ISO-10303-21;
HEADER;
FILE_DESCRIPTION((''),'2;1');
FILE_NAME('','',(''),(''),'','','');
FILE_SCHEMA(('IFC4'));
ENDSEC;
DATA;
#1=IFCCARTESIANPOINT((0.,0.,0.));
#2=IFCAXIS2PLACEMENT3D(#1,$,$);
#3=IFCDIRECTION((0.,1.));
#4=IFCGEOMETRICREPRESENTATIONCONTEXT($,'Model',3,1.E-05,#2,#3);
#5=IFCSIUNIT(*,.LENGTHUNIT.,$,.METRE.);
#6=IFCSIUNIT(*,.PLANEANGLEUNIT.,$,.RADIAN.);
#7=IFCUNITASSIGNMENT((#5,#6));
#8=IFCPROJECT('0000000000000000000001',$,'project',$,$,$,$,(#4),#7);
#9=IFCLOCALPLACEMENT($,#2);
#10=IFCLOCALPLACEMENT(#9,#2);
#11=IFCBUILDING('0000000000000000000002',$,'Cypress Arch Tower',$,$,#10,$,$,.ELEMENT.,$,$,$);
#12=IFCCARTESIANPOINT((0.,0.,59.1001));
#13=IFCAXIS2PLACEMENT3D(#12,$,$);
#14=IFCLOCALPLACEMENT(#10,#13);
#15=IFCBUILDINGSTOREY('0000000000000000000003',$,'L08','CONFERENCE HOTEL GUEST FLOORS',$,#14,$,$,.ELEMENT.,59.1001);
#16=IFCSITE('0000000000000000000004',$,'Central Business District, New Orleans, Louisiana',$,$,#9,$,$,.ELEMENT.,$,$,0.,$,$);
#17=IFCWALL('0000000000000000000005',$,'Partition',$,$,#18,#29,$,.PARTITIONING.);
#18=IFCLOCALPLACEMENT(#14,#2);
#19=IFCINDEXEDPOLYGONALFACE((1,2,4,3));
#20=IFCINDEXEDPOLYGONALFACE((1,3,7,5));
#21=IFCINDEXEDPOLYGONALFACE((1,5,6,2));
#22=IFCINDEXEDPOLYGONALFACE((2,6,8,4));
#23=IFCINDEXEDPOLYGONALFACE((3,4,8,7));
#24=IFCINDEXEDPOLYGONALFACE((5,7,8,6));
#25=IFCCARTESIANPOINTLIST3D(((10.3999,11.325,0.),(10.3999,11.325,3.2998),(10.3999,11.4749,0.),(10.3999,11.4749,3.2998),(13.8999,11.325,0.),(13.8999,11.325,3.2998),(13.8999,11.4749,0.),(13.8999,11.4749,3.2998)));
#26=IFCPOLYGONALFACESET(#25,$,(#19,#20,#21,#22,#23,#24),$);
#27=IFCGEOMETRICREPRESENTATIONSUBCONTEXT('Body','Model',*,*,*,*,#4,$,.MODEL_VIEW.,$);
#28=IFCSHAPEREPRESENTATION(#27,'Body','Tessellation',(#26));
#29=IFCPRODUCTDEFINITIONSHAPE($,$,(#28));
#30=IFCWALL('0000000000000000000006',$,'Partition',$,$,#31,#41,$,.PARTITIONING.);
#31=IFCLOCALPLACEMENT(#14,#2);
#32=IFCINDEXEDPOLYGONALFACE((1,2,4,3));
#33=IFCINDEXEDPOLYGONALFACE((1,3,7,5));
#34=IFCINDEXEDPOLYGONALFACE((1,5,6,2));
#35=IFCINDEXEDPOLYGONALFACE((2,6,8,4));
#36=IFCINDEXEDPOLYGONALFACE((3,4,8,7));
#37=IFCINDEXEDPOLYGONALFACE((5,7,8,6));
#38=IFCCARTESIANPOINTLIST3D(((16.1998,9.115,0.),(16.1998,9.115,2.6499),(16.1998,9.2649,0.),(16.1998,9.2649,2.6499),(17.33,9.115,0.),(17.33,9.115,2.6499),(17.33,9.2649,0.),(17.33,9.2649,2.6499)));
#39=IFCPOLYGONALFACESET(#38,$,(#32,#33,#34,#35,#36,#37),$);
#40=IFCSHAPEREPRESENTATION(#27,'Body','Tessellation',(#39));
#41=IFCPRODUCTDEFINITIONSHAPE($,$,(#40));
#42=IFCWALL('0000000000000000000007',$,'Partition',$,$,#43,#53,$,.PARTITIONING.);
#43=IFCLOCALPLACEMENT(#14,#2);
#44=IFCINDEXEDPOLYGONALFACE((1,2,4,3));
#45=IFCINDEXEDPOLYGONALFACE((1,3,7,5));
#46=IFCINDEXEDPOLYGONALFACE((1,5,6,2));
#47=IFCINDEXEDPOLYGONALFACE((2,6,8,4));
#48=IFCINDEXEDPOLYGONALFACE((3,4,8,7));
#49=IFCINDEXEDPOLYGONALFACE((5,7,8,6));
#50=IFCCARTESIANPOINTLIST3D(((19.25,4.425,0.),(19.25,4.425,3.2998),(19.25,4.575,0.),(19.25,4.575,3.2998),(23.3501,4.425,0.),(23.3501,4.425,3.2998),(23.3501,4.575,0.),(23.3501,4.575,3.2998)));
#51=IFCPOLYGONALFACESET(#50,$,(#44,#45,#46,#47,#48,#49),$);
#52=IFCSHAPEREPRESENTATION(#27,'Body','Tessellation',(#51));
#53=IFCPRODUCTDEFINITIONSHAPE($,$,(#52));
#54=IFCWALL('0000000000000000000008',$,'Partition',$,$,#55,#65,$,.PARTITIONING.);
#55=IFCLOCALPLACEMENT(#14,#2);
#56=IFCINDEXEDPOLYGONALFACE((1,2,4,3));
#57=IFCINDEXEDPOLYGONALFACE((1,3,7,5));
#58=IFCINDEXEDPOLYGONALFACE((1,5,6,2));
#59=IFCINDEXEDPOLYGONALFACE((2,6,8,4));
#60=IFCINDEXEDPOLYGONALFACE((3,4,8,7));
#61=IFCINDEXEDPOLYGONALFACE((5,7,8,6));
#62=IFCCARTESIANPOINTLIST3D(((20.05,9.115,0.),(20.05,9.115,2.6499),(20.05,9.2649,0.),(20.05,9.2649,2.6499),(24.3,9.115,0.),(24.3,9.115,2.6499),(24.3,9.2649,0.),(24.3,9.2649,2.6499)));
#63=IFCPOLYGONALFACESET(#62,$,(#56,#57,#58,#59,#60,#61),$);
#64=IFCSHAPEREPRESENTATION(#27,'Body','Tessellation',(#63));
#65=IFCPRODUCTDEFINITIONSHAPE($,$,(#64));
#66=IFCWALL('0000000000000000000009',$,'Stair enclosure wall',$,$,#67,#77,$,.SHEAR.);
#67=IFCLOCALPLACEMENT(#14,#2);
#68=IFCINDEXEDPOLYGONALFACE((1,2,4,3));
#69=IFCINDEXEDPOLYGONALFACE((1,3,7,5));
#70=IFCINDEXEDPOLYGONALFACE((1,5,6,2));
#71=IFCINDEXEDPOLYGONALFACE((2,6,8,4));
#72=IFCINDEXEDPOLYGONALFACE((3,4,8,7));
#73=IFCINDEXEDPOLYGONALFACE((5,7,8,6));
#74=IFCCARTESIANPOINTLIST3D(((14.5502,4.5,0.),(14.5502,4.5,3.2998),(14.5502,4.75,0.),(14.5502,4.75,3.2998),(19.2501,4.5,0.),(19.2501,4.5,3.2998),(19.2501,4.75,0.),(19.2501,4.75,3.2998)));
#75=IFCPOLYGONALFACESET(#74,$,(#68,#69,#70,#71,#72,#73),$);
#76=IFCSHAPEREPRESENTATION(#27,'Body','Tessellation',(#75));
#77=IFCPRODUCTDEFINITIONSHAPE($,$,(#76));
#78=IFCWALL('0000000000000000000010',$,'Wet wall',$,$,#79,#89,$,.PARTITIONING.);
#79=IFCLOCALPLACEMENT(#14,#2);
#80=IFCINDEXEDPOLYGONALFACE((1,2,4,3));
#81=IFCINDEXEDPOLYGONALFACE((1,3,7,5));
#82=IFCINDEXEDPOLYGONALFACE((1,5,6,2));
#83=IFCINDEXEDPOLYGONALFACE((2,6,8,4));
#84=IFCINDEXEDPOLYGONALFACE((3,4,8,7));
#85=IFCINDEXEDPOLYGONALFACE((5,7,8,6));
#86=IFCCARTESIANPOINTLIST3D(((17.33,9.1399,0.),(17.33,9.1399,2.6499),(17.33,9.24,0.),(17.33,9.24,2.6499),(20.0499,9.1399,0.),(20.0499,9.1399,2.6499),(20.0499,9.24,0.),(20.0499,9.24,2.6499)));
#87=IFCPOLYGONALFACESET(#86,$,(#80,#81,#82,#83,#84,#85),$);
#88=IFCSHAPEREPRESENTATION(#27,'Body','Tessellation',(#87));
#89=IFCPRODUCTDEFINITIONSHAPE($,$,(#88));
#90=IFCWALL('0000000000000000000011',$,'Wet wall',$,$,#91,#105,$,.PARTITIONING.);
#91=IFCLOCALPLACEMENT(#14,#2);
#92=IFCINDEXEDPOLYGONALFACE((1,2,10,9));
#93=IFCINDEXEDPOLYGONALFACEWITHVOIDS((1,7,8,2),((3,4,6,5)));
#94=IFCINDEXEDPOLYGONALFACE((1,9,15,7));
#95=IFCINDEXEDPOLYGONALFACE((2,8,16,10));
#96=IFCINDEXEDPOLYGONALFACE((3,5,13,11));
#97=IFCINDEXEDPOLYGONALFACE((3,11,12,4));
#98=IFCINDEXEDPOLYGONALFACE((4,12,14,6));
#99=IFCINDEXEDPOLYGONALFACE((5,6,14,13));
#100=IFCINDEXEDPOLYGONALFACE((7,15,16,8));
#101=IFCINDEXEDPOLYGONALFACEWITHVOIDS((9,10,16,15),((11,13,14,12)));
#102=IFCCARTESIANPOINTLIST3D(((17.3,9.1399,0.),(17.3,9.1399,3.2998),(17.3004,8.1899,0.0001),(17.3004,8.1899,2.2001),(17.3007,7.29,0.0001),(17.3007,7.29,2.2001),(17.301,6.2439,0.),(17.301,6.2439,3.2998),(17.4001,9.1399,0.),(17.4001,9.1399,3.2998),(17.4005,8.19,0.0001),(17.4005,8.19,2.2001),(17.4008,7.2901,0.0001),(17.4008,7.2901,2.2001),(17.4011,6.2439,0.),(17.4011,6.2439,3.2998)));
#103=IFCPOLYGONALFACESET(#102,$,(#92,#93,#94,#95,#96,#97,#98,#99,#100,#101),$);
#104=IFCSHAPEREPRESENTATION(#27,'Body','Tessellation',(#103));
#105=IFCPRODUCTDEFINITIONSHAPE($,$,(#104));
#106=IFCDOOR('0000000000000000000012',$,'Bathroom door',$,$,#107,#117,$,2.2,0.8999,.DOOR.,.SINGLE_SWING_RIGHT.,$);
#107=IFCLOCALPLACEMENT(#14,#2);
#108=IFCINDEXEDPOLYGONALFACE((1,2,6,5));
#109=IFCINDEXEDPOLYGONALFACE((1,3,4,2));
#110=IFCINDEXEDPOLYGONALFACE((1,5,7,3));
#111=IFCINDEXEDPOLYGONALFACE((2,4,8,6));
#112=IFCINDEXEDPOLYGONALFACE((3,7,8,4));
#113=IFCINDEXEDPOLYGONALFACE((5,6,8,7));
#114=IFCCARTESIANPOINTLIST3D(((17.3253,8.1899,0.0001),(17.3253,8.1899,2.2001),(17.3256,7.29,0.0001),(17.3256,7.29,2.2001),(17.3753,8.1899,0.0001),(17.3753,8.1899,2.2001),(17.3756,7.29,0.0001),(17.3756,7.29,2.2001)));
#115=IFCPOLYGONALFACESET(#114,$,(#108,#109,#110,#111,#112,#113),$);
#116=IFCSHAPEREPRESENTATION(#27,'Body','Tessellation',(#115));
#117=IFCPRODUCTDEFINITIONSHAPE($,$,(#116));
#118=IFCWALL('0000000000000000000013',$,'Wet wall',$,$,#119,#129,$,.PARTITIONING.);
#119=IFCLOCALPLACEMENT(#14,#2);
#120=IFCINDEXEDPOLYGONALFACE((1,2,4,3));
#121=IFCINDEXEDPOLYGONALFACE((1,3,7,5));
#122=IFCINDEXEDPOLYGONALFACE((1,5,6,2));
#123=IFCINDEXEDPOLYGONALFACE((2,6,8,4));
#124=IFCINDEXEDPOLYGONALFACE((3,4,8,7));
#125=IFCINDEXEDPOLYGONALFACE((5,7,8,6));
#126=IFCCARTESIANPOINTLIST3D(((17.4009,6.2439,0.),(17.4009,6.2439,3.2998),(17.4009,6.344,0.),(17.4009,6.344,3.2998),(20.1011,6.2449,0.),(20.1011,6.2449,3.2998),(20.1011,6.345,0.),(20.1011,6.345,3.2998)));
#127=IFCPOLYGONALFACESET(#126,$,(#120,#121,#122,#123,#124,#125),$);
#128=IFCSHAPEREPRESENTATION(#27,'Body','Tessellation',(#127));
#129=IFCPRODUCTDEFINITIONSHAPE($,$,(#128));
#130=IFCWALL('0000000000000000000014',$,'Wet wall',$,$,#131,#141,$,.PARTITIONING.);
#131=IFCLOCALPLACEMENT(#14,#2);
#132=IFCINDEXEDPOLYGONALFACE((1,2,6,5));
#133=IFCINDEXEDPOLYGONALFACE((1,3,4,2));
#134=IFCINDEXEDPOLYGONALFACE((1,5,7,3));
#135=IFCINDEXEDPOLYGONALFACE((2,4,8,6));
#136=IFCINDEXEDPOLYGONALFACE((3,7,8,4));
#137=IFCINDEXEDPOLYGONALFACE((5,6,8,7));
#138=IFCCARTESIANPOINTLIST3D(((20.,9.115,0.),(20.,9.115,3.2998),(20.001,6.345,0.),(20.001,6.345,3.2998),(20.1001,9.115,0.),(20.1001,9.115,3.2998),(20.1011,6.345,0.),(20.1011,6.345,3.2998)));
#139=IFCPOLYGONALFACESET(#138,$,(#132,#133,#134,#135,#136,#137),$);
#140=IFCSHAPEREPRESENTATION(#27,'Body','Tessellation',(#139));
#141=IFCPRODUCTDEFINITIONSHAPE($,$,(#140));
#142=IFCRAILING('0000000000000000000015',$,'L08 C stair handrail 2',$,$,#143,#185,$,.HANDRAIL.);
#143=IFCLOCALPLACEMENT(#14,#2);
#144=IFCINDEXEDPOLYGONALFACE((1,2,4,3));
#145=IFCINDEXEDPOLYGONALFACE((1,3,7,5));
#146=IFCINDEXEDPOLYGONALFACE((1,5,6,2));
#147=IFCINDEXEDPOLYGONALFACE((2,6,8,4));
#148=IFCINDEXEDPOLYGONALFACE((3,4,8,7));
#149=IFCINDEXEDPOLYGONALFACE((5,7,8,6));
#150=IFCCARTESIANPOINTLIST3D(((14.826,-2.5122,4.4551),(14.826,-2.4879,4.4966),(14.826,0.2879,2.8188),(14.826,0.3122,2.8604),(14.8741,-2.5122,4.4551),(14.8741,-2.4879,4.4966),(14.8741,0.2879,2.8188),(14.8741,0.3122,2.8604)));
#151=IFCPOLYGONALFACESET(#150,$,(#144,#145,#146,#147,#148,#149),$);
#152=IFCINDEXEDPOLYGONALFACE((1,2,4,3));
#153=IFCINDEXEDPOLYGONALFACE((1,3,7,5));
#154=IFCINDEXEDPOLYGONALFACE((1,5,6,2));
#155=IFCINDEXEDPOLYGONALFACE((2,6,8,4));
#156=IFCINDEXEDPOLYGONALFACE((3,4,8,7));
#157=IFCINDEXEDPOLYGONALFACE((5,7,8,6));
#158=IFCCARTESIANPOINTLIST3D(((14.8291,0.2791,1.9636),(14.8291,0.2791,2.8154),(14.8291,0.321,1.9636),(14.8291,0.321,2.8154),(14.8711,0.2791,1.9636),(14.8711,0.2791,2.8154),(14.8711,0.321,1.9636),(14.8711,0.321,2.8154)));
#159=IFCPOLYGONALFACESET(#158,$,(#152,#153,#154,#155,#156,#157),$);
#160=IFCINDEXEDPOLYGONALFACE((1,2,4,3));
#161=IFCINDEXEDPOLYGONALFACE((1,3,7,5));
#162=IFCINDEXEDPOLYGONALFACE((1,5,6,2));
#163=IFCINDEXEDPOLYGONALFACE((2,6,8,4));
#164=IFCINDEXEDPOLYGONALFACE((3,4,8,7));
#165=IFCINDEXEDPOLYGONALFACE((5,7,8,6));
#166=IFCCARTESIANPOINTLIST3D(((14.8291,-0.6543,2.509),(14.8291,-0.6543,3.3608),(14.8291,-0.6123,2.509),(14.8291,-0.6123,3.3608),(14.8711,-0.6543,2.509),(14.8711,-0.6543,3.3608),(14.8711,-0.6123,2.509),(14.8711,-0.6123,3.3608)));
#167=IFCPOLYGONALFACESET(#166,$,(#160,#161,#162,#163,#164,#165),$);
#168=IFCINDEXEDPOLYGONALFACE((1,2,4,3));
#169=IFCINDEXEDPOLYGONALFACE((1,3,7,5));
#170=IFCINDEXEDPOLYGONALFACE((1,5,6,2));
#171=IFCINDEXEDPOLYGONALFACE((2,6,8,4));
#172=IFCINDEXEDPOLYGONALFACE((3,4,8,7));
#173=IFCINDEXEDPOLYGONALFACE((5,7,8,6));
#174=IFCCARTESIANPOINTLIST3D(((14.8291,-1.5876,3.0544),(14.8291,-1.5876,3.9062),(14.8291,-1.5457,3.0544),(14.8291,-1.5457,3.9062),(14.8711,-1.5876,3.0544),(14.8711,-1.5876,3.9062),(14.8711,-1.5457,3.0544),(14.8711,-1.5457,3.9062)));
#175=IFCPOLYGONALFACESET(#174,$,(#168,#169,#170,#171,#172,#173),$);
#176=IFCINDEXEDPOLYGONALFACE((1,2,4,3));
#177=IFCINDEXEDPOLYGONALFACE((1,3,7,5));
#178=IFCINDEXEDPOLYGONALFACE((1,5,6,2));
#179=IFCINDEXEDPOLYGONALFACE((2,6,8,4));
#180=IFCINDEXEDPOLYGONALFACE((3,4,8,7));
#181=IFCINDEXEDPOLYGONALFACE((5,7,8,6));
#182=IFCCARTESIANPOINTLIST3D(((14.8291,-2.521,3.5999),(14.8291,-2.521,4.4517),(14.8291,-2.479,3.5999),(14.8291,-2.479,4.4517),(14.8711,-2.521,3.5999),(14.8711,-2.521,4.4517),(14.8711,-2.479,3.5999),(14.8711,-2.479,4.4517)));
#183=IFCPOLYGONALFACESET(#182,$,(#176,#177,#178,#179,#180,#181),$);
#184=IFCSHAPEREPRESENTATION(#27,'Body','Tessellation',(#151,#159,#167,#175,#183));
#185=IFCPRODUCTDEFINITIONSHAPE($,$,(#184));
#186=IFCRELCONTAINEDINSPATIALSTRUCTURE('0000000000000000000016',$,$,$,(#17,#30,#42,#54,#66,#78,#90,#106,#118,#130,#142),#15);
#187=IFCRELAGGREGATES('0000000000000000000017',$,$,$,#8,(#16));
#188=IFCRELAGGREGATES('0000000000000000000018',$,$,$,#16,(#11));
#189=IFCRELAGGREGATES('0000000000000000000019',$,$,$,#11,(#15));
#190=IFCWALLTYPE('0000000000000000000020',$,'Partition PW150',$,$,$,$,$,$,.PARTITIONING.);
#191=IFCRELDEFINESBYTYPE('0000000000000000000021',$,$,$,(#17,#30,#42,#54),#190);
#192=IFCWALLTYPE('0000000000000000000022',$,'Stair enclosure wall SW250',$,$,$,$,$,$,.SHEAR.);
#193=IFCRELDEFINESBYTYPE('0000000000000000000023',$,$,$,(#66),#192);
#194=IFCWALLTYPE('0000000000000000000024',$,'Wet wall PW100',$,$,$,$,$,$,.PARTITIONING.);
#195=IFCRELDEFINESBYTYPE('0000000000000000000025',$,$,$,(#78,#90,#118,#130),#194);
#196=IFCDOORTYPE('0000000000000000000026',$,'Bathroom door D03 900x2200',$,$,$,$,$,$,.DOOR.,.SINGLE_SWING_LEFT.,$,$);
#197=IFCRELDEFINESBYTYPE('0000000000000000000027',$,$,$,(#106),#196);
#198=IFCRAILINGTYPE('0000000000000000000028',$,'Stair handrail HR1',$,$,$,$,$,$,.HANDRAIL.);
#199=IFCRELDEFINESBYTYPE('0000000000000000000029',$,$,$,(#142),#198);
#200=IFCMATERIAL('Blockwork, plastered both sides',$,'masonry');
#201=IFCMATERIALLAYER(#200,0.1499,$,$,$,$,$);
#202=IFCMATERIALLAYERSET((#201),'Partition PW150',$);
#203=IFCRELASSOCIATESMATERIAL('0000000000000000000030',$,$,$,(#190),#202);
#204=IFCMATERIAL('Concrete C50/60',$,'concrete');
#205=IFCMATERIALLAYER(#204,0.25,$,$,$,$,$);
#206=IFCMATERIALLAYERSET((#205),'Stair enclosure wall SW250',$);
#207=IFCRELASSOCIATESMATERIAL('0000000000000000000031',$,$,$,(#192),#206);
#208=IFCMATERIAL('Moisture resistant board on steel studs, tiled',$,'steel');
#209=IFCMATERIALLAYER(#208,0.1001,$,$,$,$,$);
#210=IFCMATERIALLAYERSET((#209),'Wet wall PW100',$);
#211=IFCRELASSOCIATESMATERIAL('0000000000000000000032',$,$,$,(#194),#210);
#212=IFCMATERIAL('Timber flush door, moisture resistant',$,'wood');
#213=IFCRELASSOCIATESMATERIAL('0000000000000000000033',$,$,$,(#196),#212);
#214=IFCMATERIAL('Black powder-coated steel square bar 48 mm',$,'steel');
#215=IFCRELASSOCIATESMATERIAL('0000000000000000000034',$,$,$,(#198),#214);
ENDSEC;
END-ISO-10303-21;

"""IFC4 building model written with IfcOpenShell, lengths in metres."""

from ifc_helpers import new_model, si_unit, direction, frame, frame_2d, origin, origin_2d, place, context, subcontext, project, spatial, rectangle, extrude, material, layer, layer_set, type_object, element, fill, save


model = new_model("IFC4")

# Units and contexts
model_context = context("Model", 3, precision=1e-05, world=origin(), true_north=direction((0.0, 1.0)))
body_context = subcontext(model_context, "Body", "Model", "MODEL_VIEW")
ifc_project = project(units=[si_unit("LENGTHUNIT", "METRE"), si_unit("PLANEANGLEUNIT", "RADIAN")], contexts=[model_context])

# Site, building, storey
site_placement = place(None, origin())
site = spatial("IfcSite", under=ifc_project, at=site_placement, Name="Central Business District, New Orleans, Louisiana", CompositionType="ELEMENT", RefElevation=0.0)
building_placement = place(site_placement, origin())
building = spatial("IfcBuilding", under=site, at=building_placement, Name="Cypress Arch Tower", CompositionType="ELEMENT")
storey_placement = place(building_placement, frame((0.0, 0.0, 59.1001)))
storey = spatial("IfcBuildingStorey", under=building, at=storey_placement, Name="L08", Description="CONFERENCE HOTEL GUEST FLOORS", CompositionType="ELEMENT", Elevation=59.1001)

# Walls
ifc_material_1 = material(Name="Blockwork, plastered both sides", Category="masonry")
ifc_layer_1 = layer(ifc_material_1, 0.1499)
ifc_layer_set_1 = layer_set([ifc_layer_1], Name="Partition PW150")
wall_type_1 = type_object("IfcWallType", Name="Partition PW150", PredefinedType="PARTITIONING", material=ifc_layer_set_1)
wall_1_placement = place(storey_placement, frame((10.3999, 11.3999, 0.0), z_axis=(0.0, 0.0, 1.0), x_axis=(1.0, 0.0, 0.0)))
element("IfcWall", 1, at=wall_1_placement, inside=storey, type_object=wall_type_1, Name="Partition", PredefinedType="PARTITIONING", context=body_context, shape_type="SweptSolid", body=[
    extrude(rectangle(XDim=3.5, YDim=0.1499, at=frame_2d((1.75, 0.0))), origin(), (0.0, 0.0, 1.0), 3.2998),
])
wall_2_placement = place(storey_placement, frame((16.2, 9.1899, 0.0), z_axis=(0.0, 0.0, 1.0), x_axis=(1.0, 0.0, 0.0)))
element("IfcWall", 2, at=wall_2_placement, inside=storey, type_object=wall_type_1, Name="Partition", PredefinedType="PARTITIONING", context=body_context, shape_type="SweptSolid", body=[
    extrude(rectangle(XDim=1.1301, YDim=0.1499, at=frame_2d((0.5649, 0.0))), origin(), (0.0, 0.0, 1.0), 2.6499),
])
wall_3_placement = place(storey_placement, frame((19.25, 4.5, 0.0), z_axis=(0.0, 0.0, 1.0), x_axis=(1.0, 0.0, 0.0)))
element("IfcWall", 3, at=wall_3_placement, inside=storey, type_object=wall_type_1, Name="Partition", PredefinedType="PARTITIONING", context=body_context, shape_type="SweptSolid", body=[
    extrude(rectangle(XDim=4.1001, YDim=0.1499, at=frame_2d((2.05, 0.0))), origin(), (0.0, 0.0, 1.0), 3.2998),
])
wall_4_placement = place(storey_placement, frame((20.05, 9.1899, 0.0), z_axis=(0.0, 0.0, 1.0), x_axis=(1.0, 0.0, 0.0)))
element("IfcWall", 4, at=wall_4_placement, inside=storey, type_object=wall_type_1, Name="Partition", PredefinedType="PARTITIONING", context=body_context, shape_type="SweptSolid", body=[
    extrude(rectangle(XDim=4.25, YDim=0.1499, at=frame_2d((2.125, 0.0))), origin(), (0.0, 0.0, 1.0), 2.6499),
])
ifc_material_2 = material(Name="Concrete C50/60", Category="concrete")
ifc_layer_2 = layer(ifc_material_2, 0.25)
ifc_layer_set_2 = layer_set([ifc_layer_2], Name="Stair enclosure wall SW250")
wall_type_2 = type_object("IfcWallType", Name="Stair enclosure wall SW250", PredefinedType="SHEAR", material=ifc_layer_set_2)
wall_5_placement = place(storey_placement, frame((14.55, 4.625, 0.0), z_axis=(0.0, 0.0, 1.0), x_axis=(1.0, 0.0, 0.0)))
element("IfcWall", 5, at=wall_5_placement, inside=storey, type_object=wall_type_2, Name="Stair enclosure wall", PredefinedType="SHEAR", context=body_context, shape_type="SweptSolid", body=[
    extrude(rectangle(XDim=4.7, YDim=0.25, at=frame_2d((2.3501, 0.0))), origin(), (0.0, 0.0, 1.0), 3.2998),
])
ifc_material_3 = material(Name="Moisture resistant board on steel studs, tiled", Category="steel")
ifc_layer_3 = layer(ifc_material_3, 0.1001)
ifc_layer_set_3 = layer_set([ifc_layer_3], Name="Wet wall PW100")
wall_type_3 = type_object("IfcWallType", Name="Wet wall PW100", PredefinedType="PARTITIONING", material=ifc_layer_set_3)
wall_6_placement = place(storey_placement, frame((17.3301, 9.1899, 0.0), z_axis=(0.0, 0.0, 1.0), x_axis=(1.0, 0.0, 0.0)))
element("IfcWall", 6, at=wall_6_placement, inside=storey, type_object=wall_type_3, Name="Wet wall", PredefinedType="PARTITIONING", context=body_context, shape_type="SweptSolid", body=[
    extrude(rectangle(XDim=2.72, YDim=0.1001, at=frame_2d((1.3599, 0.0))), origin(), (0.0, 0.0, 1.0), 2.6499),
])

# Wall, opening, door
wall_7_placement = place(storey_placement, frame((17.3501, 9.1399, 0.0), z_axis=(0.0, 0.0, 1.0), x_axis=(0.000337, -1.0, 0.0)))
wall_7 = element("IfcWall", 7, at=wall_7_placement, inside=storey, type_object=wall_type_3, Name="Wet wall", PredefinedType="PARTITIONING", context=body_context, shape_type="SweptSolid", body=[
    extrude(rectangle(XDim=2.896, YDim=0.1001, at=frame_2d((1.448, 0.0))), origin(), (0.0, 0.0, 1.0), 3.2998),
])
opening_1_placement = place(wall_7_placement, frame((0.95, 0.0, 0.0)))
opening_1 = element("IfcOpeningElement", 8, at=opening_1_placement, cuts=wall_7, PredefinedType="OPENING", context=body_context, shape_type="SweptSolid", body=[
    extrude(rectangle(XDim=0.8999, YDim=2.2, at=frame_2d((0.45, 1.1001))), frame((0.0, 0.0601, 0.0), z_axis=(0.0, -1.0, 0.0), x_axis=(1.0, 0.0, 0.0)), (0.0, 0.0, 1.0), 0.1201),
])
ifc_material_4 = material(Name="Timber flush door, moisture resistant", Category="wood")
door_type_1 = type_object("IfcDoorType", Name="Bathroom door D03 900x2200", OperationType="SINGLE_SWING_LEFT", PredefinedType="DOOR", material=ifc_material_4)
door_1_placement = place(opening_1_placement, origin())
door_1 = element("IfcDoor", 9, at=door_1_placement, inside=storey, type_object=door_type_1, Name="Bathroom door", OperationType="SINGLE_SWING_RIGHT", OverallHeight=2.2, OverallWidth=0.8999, PredefinedType="DOOR", context=body_context, shape_type="SweptSolid", body=[
    extrude(rectangle(XDim=0.8999, YDim=2.2, at=frame_2d((0.45, 1.1001))), frame((0.0, 0.0249, 0.0), z_axis=(0.0, -1.0, 0.0), x_axis=(1.0, 0.0, 0.0)), (0.0, 0.0, 1.0), 0.05),
])
fill(opening_1, door_1)

# Walls
wall_8_placement = place(storey_placement, frame((17.4009, 6.2939, 0.0), z_axis=(0.0, 0.0, 1.0), x_axis=(1.0, 0.000362, 0.0)))
element("IfcWall", 10, at=wall_8_placement, inside=storey, type_object=wall_type_3, Name="Wet wall", PredefinedType="PARTITIONING", context=body_context, shape_type="SweptSolid", body=[
    extrude(rectangle(XDim=2.7002, YDim=0.1001, at=frame_2d((1.3501, 0.0))), origin(), (0.0, 0.0, 1.0), 3.2998),
])
wall_9_placement = place(storey_placement, frame((20.05, 9.115, 0.0), z_axis=(0.0, 0.0, 1.0), x_axis=(0.000353, -1.0, 0.0)))
element("IfcWall", 11, at=wall_9_placement, inside=storey, type_object=wall_type_3, Name="Wet wall", PredefinedType="PARTITIONING", context=body_context, shape_type="SweptSolid", body=[
    extrude(rectangle(XDim=2.77, YDim=0.1001, at=frame_2d((1.385, 0.0))), origin(), (0.0, 0.0, 1.0), 3.2998),
])

# Railing
ifc_material_5 = material(Name="Black powder-coated steel square bar 48 mm", Category="steel")
railing_type_1 = type_object("IfcRailingType", Name="Stair handrail HR1", PredefinedType="HANDRAIL", material=ifc_material_5)
railing_1_placement = place(storey_placement, frame((14.8501, 0.3, 1.9636)))
element("IfcRailing", 12, at=railing_1_placement, inside=storey, type_object=railing_type_1, Name="L08 C stair handrail 2", PredefinedType="HANDRAIL", context=body_context, shape_type="SweptSolid", body=[
    extrude(rectangle(XDim=0.0481, YDim=0.0481, at=origin_2d()), frame((0.0, 0.0, 0.876), z_axis=(0.0, -0.863394, 0.504531), x_axis=(1.0, 0.0, 0.0)), (0.0, 0.0, 1.0), 3.2432),
    extrude(rectangle(XDim=0.042, YDim=0.042, at=origin_2d()), origin(), (0.0, 0.0, 1.0), 0.8518),
    extrude(rectangle(XDim=0.042, YDim=0.042, at=origin_2d()), frame((0.0, -0.9333, 0.5454)), (0.0, 0.0, 1.0), 0.8518),
    extrude(rectangle(XDim=0.042, YDim=0.042, at=origin_2d()), frame((0.0, -1.8667, 1.0908)), (0.0, 0.0, 1.0), 0.8518),
    extrude(rectangle(XDim=0.042, YDim=0.042, at=origin_2d()), frame((0.0, -2.8, 1.6362)), (0.0, 0.0, 1.0), 0.8518),
])

save(model, "model.ifc")
